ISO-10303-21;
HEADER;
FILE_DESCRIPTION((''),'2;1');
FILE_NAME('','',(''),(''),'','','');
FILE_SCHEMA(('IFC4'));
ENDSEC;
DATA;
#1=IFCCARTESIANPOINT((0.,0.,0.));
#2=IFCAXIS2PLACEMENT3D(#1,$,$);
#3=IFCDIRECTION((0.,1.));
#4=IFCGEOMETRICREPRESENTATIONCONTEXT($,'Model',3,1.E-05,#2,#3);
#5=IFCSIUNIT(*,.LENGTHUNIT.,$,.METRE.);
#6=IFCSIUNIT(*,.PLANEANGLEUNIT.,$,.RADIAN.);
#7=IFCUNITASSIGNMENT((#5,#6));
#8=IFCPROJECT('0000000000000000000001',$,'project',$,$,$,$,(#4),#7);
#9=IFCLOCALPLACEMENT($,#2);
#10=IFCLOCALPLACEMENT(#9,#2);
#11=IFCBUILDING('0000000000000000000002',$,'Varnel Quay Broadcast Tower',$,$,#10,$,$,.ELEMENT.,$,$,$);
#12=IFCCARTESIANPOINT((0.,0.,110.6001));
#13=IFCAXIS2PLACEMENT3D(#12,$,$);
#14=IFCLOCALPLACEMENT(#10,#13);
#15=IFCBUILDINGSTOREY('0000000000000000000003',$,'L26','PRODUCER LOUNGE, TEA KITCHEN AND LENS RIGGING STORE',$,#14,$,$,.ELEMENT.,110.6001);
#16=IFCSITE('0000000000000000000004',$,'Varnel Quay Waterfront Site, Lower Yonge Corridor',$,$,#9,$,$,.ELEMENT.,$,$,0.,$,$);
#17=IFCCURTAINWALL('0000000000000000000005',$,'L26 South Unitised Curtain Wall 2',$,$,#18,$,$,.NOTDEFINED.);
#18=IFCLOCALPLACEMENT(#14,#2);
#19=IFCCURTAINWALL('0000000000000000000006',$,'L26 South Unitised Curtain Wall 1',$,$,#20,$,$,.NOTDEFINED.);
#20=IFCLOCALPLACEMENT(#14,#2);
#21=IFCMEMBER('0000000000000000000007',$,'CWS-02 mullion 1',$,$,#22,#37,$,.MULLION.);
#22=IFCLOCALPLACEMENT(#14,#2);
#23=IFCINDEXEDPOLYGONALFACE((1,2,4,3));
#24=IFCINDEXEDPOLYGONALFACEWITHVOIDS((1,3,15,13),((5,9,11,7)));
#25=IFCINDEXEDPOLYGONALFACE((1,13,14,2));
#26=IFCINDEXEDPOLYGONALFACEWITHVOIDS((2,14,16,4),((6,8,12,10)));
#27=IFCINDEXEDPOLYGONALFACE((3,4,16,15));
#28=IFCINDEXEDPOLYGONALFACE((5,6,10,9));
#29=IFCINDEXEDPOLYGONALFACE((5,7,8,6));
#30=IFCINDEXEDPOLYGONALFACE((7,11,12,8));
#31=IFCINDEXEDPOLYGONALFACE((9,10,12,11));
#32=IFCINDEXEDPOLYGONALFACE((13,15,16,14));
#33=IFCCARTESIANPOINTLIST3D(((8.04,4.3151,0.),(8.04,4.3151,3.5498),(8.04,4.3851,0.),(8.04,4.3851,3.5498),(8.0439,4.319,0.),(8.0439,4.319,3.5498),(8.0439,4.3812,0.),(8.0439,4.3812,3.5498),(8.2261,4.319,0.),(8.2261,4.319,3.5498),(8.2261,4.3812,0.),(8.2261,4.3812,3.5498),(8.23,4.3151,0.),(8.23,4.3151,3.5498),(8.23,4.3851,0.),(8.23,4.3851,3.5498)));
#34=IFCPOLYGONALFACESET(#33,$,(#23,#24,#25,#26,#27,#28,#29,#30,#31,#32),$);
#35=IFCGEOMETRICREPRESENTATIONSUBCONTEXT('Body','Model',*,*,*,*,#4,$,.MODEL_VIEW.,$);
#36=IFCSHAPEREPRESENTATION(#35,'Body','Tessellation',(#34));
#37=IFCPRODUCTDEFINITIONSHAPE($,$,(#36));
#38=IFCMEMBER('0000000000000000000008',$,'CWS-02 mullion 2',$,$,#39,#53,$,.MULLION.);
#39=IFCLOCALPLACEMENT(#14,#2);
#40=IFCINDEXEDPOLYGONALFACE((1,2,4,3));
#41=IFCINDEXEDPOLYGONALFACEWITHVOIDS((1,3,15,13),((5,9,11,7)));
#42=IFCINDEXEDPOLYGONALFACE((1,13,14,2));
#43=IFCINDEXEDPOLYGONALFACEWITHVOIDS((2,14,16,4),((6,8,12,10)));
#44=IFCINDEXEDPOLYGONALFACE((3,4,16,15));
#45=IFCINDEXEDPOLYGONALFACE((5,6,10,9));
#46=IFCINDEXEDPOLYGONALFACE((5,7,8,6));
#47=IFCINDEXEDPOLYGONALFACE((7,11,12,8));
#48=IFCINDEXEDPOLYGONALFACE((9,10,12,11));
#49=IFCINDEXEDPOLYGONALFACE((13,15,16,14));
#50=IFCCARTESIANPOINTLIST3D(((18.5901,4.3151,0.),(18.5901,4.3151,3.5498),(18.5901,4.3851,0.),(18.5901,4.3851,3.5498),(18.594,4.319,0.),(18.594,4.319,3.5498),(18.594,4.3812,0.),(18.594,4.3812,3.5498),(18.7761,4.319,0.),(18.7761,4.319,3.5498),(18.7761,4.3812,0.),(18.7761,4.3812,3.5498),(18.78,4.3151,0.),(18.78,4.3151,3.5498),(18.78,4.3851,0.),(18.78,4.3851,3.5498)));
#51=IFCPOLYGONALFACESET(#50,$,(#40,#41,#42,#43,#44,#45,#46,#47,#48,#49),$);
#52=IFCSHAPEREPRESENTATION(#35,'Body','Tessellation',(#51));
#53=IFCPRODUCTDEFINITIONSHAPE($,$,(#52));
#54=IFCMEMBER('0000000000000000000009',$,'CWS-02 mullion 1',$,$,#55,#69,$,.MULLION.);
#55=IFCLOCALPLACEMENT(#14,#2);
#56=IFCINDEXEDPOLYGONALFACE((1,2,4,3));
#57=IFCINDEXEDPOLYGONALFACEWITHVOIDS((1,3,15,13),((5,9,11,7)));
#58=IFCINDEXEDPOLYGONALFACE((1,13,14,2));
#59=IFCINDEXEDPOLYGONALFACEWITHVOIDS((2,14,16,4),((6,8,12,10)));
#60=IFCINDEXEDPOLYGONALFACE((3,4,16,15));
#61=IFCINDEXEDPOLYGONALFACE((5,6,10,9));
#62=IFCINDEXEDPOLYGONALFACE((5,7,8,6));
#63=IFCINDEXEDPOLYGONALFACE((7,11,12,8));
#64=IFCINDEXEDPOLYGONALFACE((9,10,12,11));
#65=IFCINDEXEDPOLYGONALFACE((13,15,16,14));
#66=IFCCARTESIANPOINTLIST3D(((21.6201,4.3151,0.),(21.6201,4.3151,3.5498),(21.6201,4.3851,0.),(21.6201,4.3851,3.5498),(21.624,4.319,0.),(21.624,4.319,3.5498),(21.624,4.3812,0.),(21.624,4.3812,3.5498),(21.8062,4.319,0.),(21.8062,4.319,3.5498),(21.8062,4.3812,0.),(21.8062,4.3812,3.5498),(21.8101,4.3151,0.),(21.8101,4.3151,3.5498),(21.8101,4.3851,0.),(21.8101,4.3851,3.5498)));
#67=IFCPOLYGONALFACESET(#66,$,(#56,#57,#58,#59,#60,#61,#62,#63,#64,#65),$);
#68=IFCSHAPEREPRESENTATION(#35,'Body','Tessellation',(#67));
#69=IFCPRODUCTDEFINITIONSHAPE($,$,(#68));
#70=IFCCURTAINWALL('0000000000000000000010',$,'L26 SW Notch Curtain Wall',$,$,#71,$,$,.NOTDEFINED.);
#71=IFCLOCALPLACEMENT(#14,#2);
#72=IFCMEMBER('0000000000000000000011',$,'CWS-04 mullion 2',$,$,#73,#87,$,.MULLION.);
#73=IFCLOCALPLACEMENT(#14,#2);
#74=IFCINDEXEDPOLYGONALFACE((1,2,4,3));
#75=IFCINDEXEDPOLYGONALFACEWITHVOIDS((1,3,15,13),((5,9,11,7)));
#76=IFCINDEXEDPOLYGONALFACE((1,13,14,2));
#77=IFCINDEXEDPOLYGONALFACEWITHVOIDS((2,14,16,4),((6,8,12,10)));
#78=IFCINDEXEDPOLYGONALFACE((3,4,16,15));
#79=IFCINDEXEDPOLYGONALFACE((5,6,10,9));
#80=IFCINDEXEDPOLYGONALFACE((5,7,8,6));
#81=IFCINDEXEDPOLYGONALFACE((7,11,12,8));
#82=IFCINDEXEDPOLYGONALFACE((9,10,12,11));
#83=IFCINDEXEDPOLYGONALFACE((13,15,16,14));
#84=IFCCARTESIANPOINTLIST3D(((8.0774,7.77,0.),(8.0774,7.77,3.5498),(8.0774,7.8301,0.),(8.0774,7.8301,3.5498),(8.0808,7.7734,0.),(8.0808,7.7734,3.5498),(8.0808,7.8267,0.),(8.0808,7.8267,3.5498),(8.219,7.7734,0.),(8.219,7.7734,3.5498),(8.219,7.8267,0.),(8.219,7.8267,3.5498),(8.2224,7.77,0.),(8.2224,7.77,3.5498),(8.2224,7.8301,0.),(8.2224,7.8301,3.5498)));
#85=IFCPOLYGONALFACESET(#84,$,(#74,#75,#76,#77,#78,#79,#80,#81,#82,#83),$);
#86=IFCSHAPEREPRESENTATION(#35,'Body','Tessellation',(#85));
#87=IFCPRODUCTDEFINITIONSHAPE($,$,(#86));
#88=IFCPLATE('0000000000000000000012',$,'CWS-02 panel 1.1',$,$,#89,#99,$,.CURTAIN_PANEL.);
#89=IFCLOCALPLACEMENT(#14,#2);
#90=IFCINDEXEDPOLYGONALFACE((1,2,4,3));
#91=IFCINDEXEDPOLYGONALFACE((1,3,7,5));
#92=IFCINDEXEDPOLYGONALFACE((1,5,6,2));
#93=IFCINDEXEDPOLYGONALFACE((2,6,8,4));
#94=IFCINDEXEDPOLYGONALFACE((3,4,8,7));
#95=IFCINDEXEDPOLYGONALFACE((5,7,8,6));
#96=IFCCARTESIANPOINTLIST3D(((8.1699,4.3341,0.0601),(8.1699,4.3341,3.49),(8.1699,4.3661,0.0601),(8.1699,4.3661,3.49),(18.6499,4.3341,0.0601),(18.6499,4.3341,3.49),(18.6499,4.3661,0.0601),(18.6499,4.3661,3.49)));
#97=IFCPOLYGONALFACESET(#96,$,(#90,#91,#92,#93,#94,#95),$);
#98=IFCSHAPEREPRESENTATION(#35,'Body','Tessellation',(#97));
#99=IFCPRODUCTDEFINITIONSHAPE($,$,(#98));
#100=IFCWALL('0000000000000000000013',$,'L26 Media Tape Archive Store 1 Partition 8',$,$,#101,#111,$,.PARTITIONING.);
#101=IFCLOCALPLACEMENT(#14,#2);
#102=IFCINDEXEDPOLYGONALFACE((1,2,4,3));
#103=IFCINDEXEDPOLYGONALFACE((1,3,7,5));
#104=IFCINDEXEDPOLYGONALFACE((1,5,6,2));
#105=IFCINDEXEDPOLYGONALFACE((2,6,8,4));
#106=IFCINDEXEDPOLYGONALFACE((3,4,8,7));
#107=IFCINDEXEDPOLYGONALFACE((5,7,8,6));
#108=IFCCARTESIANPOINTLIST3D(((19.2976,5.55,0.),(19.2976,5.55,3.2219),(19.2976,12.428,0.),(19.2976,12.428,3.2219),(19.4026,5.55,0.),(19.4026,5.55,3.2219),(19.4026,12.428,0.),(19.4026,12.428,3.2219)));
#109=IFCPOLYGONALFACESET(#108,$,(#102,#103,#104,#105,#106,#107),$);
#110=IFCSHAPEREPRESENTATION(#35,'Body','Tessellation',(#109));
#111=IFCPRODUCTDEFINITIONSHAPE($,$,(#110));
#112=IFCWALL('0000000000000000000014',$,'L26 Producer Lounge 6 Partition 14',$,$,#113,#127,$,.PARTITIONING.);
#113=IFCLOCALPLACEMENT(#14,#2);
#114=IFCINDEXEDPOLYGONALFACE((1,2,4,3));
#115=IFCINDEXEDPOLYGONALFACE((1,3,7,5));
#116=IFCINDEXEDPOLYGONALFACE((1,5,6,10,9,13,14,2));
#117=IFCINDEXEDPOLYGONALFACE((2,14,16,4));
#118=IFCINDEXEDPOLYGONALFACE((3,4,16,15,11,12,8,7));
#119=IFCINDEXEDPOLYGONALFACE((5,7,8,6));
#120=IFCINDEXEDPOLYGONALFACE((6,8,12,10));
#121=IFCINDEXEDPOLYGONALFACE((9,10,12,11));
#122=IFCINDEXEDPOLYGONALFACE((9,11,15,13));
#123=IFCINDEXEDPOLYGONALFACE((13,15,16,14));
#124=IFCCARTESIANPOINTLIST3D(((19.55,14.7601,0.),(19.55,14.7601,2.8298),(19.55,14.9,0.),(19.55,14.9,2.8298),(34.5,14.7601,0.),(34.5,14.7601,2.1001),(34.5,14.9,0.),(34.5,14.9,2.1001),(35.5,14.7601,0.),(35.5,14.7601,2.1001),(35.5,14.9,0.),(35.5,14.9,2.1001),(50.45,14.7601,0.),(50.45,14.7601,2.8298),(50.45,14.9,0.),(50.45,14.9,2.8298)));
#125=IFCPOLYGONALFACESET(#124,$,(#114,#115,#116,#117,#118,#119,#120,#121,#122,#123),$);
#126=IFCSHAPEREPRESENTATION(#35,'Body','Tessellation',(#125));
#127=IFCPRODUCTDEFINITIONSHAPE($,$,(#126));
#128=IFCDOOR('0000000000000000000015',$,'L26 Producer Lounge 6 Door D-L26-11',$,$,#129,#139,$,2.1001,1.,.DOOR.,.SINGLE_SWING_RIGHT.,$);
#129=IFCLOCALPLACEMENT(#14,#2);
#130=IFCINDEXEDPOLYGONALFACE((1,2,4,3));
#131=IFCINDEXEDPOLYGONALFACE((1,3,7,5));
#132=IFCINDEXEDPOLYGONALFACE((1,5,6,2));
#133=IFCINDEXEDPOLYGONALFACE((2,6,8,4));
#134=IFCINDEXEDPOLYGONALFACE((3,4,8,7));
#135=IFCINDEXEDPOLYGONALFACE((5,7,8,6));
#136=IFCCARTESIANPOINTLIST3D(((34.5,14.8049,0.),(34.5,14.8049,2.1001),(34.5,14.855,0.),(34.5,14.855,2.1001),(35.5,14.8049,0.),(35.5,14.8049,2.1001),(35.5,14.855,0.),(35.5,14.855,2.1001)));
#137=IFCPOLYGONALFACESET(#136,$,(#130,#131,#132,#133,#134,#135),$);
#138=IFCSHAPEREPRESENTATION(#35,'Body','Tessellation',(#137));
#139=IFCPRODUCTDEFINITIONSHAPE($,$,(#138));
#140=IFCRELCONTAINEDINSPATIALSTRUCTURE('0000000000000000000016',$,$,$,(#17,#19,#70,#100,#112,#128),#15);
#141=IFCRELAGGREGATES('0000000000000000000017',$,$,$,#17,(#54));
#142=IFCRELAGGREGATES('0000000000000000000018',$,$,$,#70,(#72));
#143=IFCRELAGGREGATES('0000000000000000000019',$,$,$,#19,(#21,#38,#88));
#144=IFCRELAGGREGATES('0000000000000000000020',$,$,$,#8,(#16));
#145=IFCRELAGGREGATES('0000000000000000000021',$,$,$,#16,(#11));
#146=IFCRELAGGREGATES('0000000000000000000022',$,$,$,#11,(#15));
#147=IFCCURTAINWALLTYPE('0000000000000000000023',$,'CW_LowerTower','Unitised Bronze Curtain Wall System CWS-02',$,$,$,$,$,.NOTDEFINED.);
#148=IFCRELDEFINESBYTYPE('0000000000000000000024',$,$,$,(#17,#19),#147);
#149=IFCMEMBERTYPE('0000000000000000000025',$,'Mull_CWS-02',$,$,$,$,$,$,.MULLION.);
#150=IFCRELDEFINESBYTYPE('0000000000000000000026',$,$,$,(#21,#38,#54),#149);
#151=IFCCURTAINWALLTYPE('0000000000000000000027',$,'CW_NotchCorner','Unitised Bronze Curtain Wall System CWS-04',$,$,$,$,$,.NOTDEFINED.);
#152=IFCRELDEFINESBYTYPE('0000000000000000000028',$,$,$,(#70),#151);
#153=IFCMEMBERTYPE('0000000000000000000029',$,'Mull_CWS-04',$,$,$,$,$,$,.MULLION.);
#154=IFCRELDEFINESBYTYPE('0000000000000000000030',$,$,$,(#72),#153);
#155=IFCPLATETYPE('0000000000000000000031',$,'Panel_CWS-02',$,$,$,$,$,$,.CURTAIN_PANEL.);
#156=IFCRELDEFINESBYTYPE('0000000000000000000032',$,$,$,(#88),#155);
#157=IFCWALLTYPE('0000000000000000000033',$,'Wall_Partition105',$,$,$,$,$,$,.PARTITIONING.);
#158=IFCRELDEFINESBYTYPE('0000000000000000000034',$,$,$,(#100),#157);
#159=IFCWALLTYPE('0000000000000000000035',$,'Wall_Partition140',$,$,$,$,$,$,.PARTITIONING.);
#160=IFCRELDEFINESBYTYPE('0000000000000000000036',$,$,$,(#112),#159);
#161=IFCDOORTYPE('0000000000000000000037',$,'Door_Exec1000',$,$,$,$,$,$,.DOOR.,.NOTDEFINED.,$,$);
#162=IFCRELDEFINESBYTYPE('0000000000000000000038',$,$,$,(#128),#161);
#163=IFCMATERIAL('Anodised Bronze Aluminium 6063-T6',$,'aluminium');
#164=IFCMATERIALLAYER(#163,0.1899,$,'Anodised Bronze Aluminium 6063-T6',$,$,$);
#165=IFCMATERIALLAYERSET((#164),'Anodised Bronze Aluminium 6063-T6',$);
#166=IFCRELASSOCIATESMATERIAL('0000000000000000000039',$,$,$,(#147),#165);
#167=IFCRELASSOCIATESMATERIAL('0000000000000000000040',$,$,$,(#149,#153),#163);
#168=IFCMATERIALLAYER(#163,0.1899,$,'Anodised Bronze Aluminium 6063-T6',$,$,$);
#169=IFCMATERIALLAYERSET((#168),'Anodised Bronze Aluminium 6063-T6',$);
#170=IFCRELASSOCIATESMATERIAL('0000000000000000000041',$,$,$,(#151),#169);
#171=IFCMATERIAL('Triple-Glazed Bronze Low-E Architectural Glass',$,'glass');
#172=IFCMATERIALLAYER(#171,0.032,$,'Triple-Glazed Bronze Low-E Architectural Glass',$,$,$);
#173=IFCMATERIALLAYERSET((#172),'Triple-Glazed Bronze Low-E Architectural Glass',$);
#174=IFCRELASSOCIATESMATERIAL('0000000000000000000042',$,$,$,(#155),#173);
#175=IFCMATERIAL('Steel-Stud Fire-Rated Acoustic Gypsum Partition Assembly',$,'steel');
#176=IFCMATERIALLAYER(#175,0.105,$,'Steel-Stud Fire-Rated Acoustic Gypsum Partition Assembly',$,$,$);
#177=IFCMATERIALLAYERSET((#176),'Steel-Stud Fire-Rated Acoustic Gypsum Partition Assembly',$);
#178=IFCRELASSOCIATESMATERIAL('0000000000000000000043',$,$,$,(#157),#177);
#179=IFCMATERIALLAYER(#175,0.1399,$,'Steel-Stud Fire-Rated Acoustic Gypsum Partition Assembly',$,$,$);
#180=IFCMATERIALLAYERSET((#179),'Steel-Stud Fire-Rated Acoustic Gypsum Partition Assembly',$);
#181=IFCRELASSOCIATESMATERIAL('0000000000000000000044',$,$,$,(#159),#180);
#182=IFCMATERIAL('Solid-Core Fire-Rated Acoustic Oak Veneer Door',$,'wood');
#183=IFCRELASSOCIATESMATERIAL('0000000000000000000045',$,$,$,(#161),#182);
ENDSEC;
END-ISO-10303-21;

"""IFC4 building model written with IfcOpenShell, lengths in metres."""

from ifc_helpers import new_model, si_unit, direction, frame, frame_2d, origin, origin_2d, place, context, subcontext, project, spatial, rectangle, hollow_rectangle, extrude, source, transform, mapped, material, layer, layer_set, material_profile, profile_set, type_object, type_shapes, element, fill, aggregate, save


model = new_model("IFC4")

# Units and contexts
model_context = context("Model", 3, precision=1e-05, world=origin(), true_north=direction((0.0, 1.0)))
body_context = subcontext(model_context, "Body", "Model", "MODEL_VIEW")
ifc_project = project(units=[si_unit("LENGTHUNIT", "METRE"), si_unit("PLANEANGLEUNIT", "RADIAN")], contexts=[model_context])

# Site, building, storey
site_placement = place(None, origin())
site = spatial("IfcSite", under=ifc_project, at=site_placement, Name="Varnel Quay Waterfront Site, Lower Yonge Corridor", CompositionType="ELEMENT", RefElevation=0.0)
building_placement = place(site_placement, origin())
building = spatial("IfcBuilding", under=site, at=building_placement, Name="Varnel Quay Broadcast Tower", CompositionType="ELEMENT")
storey_placement = place(building_placement, frame((0.0, 0.0, 110.6001)))
storey = spatial("IfcBuildingStorey", under=building, at=storey_placement, Name="L26", Description="PRODUCER LOUNGE, TEA KITCHEN AND LENS RIGGING STORE", CompositionType="ELEMENT", Elevation=110.6001)

# Curtain walls, members
ifc_material_1 = material(Name="Anodised Bronze Aluminium 6063-T6", Category="aluminium")
ifc_layer_1 = layer(ifc_material_1, 0.1899, Name="Anodised Bronze Aluminium 6063-T6")
ifc_layer_set_1 = layer_set([ifc_layer_1], Name="Anodised Bronze Aluminium 6063-T6")
curtain_wall_type_1 = type_object("IfcCurtainWallType", Name="CW_LowerTower", Description="Unitised Bronze Curtain Wall System CWS-02", PredefinedType="NOTDEFINED", material=ifc_layer_set_1)
curtain_wall_1_placement = place(storey_placement, origin())
curtain_wall_1 = element("IfcCurtainWall", 1, at=curtain_wall_1_placement, inside=storey, type_object=curtain_wall_type_1, Name="L26 South Unitised Curtain Wall 2", PredefinedType="NOTDEFINED")
curtain_wall_2_placement = place(storey_placement, origin())
curtain_wall_2 = element("IfcCurtainWall", 2, at=curtain_wall_2_placement, inside=storey, type_object=curtain_wall_type_1, Name="L26 South Unitised Curtain Wall 1", PredefinedType="NOTDEFINED")
ifc_material_profile_1 = material_profile(ifc_material_1, hollow_rectangle(XDim=0.0701, YDim=0.1899, WallThickness=0.0039, at=origin_2d()), Name="ALU70X190X4")
ifc_profile_set_1 = profile_set([ifc_material_profile_1], Name="Anodised Bronze Aluminium 6063-T6")
member_type_1 = type_object("IfcMemberType", Name="Mull_CWS-02", PredefinedType="MULLION", material=ifc_profile_set_1)
shared_shape_1 = source(origin(), body_context, "Body", "SweptSolid", [
    extrude(hollow_rectangle(XDim=0.0701, YDim=0.1899, WallThickness=0.0039, at=origin_2d()), origin(), (0.0, 0.0, 1.0), 3.5498),
])
type_shapes(member_type_1, [shared_shape_1])
member_1_placement = place(storey_placement, frame((8.135, 4.3501, 0.0), z_axis=(0.0, 0.0, 1.0), x_axis=(0.0, 1.0, 0.0)))
member_1 = element("IfcMember", 3, at=member_1_placement, type_object=member_type_1, Name="CWS-02 mullion 1", PredefinedType="MULLION", context=body_context, shape_type="MappedRepresentation", body=[
    mapped(shared_shape_1, transform((0.0, 0.0, 0.0), x_axis=(1.0, 0.0, 0.0), y_axis=(0.0, 1.0, 0.0), z_axis=(0.0, 0.0, 1.0), scale=1.0)),
])
member_2_placement = place(storey_placement, frame((18.6851, 4.3501, 0.0), z_axis=(0.0, 0.0, 1.0), x_axis=(0.0, 1.0, 0.0)))
member_2 = element("IfcMember", 4, at=member_2_placement, type_object=member_type_1, Name="CWS-02 mullion 2", PredefinedType="MULLION", context=body_context, shape_type="MappedRepresentation", body=[
    mapped(shared_shape_1, transform((0.0, 0.0, 0.0), x_axis=(1.0, 0.0, 0.0), y_axis=(0.0, 1.0, 0.0), z_axis=(0.0, 0.0, 1.0), scale=1.0)),
])

# Member
member_3_placement = place(storey_placement, frame((21.7151, 4.3501, 0.0), z_axis=(0.0, 0.0, 1.0), x_axis=(0.0, 1.0, 0.0)))
member_3 = element("IfcMember", 5, at=member_3_placement, type_object=member_type_1, Name="CWS-02 mullion 1", PredefinedType="MULLION", context=body_context, shape_type="MappedRepresentation", body=[
    mapped(shared_shape_1, transform((0.0, 0.0, 0.0), x_axis=(1.0, 0.0, 0.0), y_axis=(0.0, 1.0, 0.0), z_axis=(0.0, 0.0, 1.0), scale=1.0)),
])
aggregate(curtain_wall_1, [member_3])

# Curtain wall, member
ifc_layer_2 = layer(ifc_material_1, 0.1899, Name="Anodised Bronze Aluminium 6063-T6")
ifc_layer_set_2 = layer_set([ifc_layer_2], Name="Anodised Bronze Aluminium 6063-T6")
curtain_wall_type_2 = type_object("IfcCurtainWallType", Name="CW_NotchCorner", Description="Unitised Bronze Curtain Wall System CWS-04", PredefinedType="NOTDEFINED", material=ifc_layer_set_2)
curtain_wall_3_placement = place(storey_placement, origin())
curtain_wall_3 = element("IfcCurtainWall", 6, at=curtain_wall_3_placement, inside=storey, type_object=curtain_wall_type_2, Name="L26 SW Notch Curtain Wall", PredefinedType="NOTDEFINED")
ifc_material_profile_2 = material_profile(ifc_material_1, hollow_rectangle(XDim=0.0601, YDim=0.145, WallThickness=0.0034, at=origin_2d()), Name="ALU60X145X3.5")
ifc_profile_set_2 = profile_set([ifc_material_profile_2], Name="Anodised Bronze Aluminium 6063-T6")
member_type_2 = type_object("IfcMemberType", Name="Mull_CWS-04", PredefinedType="MULLION", material=ifc_profile_set_2)
shared_shape_2 = source(origin(), body_context, "Body", "SweptSolid", [
    extrude(hollow_rectangle(XDim=0.0601, YDim=0.145, WallThickness=0.0034, at=origin_2d()), origin(), (0.0, 0.0, 1.0), 3.5498),
])
type_shapes(member_type_2, [shared_shape_2])
member_4_placement = place(storey_placement, frame((8.1499, 7.8, 0.0), z_axis=(0.0, 0.0, 1.0), x_axis=(0.0, 1.0, 0.0)))
member_4 = element("IfcMember", 7, at=member_4_placement, type_object=member_type_2, Name="CWS-04 mullion 2", PredefinedType="MULLION", context=body_context, shape_type="MappedRepresentation", body=[
    mapped(shared_shape_2, transform((0.0, 0.0, 0.0), x_axis=(1.0, 0.0, 0.0), y_axis=(0.0, 1.0, 0.0), z_axis=(0.0, 0.0, 1.0), scale=1.0)),
])
aggregate(curtain_wall_3, [member_4])

# Plate
ifc_material_2 = material(Name="Triple-Glazed Bronze Low-E Architectural Glass", Category="glass")
ifc_layer_3 = layer(ifc_material_2, 0.032, Name="Triple-Glazed Bronze Low-E Architectural Glass")
ifc_layer_set_3 = layer_set([ifc_layer_3], Name="Triple-Glazed Bronze Low-E Architectural Glass")
plate_type = type_object("IfcPlateType", Name="Panel_CWS-02", PredefinedType="CURTAIN_PANEL", material=ifc_layer_set_3)
shared_shape_3 = source(origin(), body_context, "Body", "SweptSolid", [
    extrude(rectangle(XDim=10.48, YDim=0.032, at=origin_2d()), origin(), (0.0, 0.0, 1.0), 3.4299),
])
type_shapes(plate_type, [shared_shape_3])
plate_placement = place(storey_placement, frame((13.4099, 4.3501, 0.0601), z_axis=(0.0, 0.0, 1.0), x_axis=(1.0, 0.0, 0.0)))
plate = element("IfcPlate", 8, at=plate_placement, type_object=plate_type, Name="CWS-02 panel 1.1", PredefinedType="CURTAIN_PANEL", context=body_context, shape_type="MappedRepresentation", body=[
    mapped(shared_shape_3, transform((0.0, 0.0, 0.0), x_axis=(1.0, 0.0, 0.0), y_axis=(0.0, 1.0, 0.0), z_axis=(0.0, 0.0, 1.0), scale=1.0)),
])
aggregate(curtain_wall_2, [member_1, member_2, plate])

# Wall
ifc_material_3 = material(Name="Steel-Stud Fire-Rated Acoustic Gypsum Partition Assembly", Category="steel")
ifc_layer_4 = layer(ifc_material_3, 0.105, Name="Steel-Stud Fire-Rated Acoustic Gypsum Partition Assembly")
ifc_layer_set_4 = layer_set([ifc_layer_4], Name="Steel-Stud Fire-Rated Acoustic Gypsum Partition Assembly")
wall_type_1 = type_object("IfcWallType", Name="Wall_Partition105", PredefinedType="PARTITIONING", material=ifc_layer_set_4)
wall_1_placement = place(storey_placement, frame((19.3501, 5.55, 0.0), z_axis=(0.0, 0.0, 1.0), x_axis=(0.0, 1.0, 0.0)))
element("IfcWall", 9, at=wall_1_placement, inside=storey, type_object=wall_type_1, Name="L26 Media Tape Archive Store 1 Partition 8", PredefinedType="PARTITIONING", context=body_context, shape_type="SweptSolid", body=[
    extrude(rectangle(XDim=6.8779, YDim=0.105, at=frame_2d((3.439, 0.0))), origin(), (0.0, 0.0, 1.0), 3.2219),
])

# Wall, opening, door
ifc_layer_5 = layer(ifc_material_3, 0.1399, Name="Steel-Stud Fire-Rated Acoustic Gypsum Partition Assembly")
ifc_layer_set_5 = layer_set([ifc_layer_5], Name="Steel-Stud Fire-Rated Acoustic Gypsum Partition Assembly")
wall_type_2 = type_object("IfcWallType", Name="Wall_Partition140", PredefinedType="PARTITIONING", material=ifc_layer_set_5)
wall_2_placement = place(storey_placement, frame((19.55, 14.8301, 0.0), z_axis=(0.0, 0.0, 1.0), x_axis=(1.0, 0.0, 0.0)))
wall_2 = element("IfcWall", 10, at=wall_2_placement, inside=storey, type_object=wall_type_2, Name="L26 Producer Lounge 6 Partition 14", PredefinedType="PARTITIONING", context=body_context, shape_type="SweptSolid", body=[
    extrude(rectangle(XDim=30.8999, YDim=0.1399, at=frame_2d((15.45, 0.0))), origin(), (0.0, 0.0, 1.0), 2.8298),
])
opening_1_placement = place(wall_2_placement, frame((14.95, 0.0, 0.0)))
opening_1 = element("IfcOpeningElement", 11, at=opening_1_placement, cuts=wall_2, PredefinedType="OPENING", context=body_context, shape_type="SweptSolid", body=[
    extrude(rectangle(XDim=1.0, YDim=2.1001, at=frame_2d((0.5, 1.05))), frame((0.0, 0.0801, 0.0), z_axis=(0.0, -1.0, 0.0), x_axis=(1.0, 0.0, 0.0)), (0.0, 0.0, 1.0), 0.1599),
])
ifc_material_4 = material(Name="Solid-Core Fire-Rated Acoustic Oak Veneer Door", Category="wood")
door_type_1 = type_object("IfcDoorType", Name="Door_Exec1000", OperationType="NOTDEFINED", PredefinedType="DOOR", material=ifc_material_4)
shared_shape_4 = source(origin(), body_context, "Body", "SweptSolid", [
    extrude(rectangle(XDim=1.0, YDim=2.1001, at=frame_2d((0.5, 1.05))), frame((0.0, 0.0249, 0.0), z_axis=(0.0, -1.0, 0.0), x_axis=(1.0, 0.0, 0.0)), (0.0, 0.0, 1.0), 0.05),
])
type_shapes(door_type_1, [shared_shape_4])
door_1_placement = place(opening_1_placement, origin())
door_1 = element("IfcDoor", 12, at=door_1_placement, inside=storey, type_object=door_type_1, Name="L26 Producer Lounge 6 Door D-L26-11", OperationType="SINGLE_SWING_RIGHT", OverallHeight=2.1001, OverallWidth=1.0, PredefinedType="DOOR", context=body_context, shape_type="MappedRepresentation", body=[
    mapped(shared_shape_4, transform((0.0, 0.0, 0.0), x_axis=(1.0, 0.0, 0.0), y_axis=(0.0, 1.0, 0.0), z_axis=(0.0, 0.0, 1.0), scale=1.0)),
])
fill(opening_1, door_1)

save(model, "model.ifc")
